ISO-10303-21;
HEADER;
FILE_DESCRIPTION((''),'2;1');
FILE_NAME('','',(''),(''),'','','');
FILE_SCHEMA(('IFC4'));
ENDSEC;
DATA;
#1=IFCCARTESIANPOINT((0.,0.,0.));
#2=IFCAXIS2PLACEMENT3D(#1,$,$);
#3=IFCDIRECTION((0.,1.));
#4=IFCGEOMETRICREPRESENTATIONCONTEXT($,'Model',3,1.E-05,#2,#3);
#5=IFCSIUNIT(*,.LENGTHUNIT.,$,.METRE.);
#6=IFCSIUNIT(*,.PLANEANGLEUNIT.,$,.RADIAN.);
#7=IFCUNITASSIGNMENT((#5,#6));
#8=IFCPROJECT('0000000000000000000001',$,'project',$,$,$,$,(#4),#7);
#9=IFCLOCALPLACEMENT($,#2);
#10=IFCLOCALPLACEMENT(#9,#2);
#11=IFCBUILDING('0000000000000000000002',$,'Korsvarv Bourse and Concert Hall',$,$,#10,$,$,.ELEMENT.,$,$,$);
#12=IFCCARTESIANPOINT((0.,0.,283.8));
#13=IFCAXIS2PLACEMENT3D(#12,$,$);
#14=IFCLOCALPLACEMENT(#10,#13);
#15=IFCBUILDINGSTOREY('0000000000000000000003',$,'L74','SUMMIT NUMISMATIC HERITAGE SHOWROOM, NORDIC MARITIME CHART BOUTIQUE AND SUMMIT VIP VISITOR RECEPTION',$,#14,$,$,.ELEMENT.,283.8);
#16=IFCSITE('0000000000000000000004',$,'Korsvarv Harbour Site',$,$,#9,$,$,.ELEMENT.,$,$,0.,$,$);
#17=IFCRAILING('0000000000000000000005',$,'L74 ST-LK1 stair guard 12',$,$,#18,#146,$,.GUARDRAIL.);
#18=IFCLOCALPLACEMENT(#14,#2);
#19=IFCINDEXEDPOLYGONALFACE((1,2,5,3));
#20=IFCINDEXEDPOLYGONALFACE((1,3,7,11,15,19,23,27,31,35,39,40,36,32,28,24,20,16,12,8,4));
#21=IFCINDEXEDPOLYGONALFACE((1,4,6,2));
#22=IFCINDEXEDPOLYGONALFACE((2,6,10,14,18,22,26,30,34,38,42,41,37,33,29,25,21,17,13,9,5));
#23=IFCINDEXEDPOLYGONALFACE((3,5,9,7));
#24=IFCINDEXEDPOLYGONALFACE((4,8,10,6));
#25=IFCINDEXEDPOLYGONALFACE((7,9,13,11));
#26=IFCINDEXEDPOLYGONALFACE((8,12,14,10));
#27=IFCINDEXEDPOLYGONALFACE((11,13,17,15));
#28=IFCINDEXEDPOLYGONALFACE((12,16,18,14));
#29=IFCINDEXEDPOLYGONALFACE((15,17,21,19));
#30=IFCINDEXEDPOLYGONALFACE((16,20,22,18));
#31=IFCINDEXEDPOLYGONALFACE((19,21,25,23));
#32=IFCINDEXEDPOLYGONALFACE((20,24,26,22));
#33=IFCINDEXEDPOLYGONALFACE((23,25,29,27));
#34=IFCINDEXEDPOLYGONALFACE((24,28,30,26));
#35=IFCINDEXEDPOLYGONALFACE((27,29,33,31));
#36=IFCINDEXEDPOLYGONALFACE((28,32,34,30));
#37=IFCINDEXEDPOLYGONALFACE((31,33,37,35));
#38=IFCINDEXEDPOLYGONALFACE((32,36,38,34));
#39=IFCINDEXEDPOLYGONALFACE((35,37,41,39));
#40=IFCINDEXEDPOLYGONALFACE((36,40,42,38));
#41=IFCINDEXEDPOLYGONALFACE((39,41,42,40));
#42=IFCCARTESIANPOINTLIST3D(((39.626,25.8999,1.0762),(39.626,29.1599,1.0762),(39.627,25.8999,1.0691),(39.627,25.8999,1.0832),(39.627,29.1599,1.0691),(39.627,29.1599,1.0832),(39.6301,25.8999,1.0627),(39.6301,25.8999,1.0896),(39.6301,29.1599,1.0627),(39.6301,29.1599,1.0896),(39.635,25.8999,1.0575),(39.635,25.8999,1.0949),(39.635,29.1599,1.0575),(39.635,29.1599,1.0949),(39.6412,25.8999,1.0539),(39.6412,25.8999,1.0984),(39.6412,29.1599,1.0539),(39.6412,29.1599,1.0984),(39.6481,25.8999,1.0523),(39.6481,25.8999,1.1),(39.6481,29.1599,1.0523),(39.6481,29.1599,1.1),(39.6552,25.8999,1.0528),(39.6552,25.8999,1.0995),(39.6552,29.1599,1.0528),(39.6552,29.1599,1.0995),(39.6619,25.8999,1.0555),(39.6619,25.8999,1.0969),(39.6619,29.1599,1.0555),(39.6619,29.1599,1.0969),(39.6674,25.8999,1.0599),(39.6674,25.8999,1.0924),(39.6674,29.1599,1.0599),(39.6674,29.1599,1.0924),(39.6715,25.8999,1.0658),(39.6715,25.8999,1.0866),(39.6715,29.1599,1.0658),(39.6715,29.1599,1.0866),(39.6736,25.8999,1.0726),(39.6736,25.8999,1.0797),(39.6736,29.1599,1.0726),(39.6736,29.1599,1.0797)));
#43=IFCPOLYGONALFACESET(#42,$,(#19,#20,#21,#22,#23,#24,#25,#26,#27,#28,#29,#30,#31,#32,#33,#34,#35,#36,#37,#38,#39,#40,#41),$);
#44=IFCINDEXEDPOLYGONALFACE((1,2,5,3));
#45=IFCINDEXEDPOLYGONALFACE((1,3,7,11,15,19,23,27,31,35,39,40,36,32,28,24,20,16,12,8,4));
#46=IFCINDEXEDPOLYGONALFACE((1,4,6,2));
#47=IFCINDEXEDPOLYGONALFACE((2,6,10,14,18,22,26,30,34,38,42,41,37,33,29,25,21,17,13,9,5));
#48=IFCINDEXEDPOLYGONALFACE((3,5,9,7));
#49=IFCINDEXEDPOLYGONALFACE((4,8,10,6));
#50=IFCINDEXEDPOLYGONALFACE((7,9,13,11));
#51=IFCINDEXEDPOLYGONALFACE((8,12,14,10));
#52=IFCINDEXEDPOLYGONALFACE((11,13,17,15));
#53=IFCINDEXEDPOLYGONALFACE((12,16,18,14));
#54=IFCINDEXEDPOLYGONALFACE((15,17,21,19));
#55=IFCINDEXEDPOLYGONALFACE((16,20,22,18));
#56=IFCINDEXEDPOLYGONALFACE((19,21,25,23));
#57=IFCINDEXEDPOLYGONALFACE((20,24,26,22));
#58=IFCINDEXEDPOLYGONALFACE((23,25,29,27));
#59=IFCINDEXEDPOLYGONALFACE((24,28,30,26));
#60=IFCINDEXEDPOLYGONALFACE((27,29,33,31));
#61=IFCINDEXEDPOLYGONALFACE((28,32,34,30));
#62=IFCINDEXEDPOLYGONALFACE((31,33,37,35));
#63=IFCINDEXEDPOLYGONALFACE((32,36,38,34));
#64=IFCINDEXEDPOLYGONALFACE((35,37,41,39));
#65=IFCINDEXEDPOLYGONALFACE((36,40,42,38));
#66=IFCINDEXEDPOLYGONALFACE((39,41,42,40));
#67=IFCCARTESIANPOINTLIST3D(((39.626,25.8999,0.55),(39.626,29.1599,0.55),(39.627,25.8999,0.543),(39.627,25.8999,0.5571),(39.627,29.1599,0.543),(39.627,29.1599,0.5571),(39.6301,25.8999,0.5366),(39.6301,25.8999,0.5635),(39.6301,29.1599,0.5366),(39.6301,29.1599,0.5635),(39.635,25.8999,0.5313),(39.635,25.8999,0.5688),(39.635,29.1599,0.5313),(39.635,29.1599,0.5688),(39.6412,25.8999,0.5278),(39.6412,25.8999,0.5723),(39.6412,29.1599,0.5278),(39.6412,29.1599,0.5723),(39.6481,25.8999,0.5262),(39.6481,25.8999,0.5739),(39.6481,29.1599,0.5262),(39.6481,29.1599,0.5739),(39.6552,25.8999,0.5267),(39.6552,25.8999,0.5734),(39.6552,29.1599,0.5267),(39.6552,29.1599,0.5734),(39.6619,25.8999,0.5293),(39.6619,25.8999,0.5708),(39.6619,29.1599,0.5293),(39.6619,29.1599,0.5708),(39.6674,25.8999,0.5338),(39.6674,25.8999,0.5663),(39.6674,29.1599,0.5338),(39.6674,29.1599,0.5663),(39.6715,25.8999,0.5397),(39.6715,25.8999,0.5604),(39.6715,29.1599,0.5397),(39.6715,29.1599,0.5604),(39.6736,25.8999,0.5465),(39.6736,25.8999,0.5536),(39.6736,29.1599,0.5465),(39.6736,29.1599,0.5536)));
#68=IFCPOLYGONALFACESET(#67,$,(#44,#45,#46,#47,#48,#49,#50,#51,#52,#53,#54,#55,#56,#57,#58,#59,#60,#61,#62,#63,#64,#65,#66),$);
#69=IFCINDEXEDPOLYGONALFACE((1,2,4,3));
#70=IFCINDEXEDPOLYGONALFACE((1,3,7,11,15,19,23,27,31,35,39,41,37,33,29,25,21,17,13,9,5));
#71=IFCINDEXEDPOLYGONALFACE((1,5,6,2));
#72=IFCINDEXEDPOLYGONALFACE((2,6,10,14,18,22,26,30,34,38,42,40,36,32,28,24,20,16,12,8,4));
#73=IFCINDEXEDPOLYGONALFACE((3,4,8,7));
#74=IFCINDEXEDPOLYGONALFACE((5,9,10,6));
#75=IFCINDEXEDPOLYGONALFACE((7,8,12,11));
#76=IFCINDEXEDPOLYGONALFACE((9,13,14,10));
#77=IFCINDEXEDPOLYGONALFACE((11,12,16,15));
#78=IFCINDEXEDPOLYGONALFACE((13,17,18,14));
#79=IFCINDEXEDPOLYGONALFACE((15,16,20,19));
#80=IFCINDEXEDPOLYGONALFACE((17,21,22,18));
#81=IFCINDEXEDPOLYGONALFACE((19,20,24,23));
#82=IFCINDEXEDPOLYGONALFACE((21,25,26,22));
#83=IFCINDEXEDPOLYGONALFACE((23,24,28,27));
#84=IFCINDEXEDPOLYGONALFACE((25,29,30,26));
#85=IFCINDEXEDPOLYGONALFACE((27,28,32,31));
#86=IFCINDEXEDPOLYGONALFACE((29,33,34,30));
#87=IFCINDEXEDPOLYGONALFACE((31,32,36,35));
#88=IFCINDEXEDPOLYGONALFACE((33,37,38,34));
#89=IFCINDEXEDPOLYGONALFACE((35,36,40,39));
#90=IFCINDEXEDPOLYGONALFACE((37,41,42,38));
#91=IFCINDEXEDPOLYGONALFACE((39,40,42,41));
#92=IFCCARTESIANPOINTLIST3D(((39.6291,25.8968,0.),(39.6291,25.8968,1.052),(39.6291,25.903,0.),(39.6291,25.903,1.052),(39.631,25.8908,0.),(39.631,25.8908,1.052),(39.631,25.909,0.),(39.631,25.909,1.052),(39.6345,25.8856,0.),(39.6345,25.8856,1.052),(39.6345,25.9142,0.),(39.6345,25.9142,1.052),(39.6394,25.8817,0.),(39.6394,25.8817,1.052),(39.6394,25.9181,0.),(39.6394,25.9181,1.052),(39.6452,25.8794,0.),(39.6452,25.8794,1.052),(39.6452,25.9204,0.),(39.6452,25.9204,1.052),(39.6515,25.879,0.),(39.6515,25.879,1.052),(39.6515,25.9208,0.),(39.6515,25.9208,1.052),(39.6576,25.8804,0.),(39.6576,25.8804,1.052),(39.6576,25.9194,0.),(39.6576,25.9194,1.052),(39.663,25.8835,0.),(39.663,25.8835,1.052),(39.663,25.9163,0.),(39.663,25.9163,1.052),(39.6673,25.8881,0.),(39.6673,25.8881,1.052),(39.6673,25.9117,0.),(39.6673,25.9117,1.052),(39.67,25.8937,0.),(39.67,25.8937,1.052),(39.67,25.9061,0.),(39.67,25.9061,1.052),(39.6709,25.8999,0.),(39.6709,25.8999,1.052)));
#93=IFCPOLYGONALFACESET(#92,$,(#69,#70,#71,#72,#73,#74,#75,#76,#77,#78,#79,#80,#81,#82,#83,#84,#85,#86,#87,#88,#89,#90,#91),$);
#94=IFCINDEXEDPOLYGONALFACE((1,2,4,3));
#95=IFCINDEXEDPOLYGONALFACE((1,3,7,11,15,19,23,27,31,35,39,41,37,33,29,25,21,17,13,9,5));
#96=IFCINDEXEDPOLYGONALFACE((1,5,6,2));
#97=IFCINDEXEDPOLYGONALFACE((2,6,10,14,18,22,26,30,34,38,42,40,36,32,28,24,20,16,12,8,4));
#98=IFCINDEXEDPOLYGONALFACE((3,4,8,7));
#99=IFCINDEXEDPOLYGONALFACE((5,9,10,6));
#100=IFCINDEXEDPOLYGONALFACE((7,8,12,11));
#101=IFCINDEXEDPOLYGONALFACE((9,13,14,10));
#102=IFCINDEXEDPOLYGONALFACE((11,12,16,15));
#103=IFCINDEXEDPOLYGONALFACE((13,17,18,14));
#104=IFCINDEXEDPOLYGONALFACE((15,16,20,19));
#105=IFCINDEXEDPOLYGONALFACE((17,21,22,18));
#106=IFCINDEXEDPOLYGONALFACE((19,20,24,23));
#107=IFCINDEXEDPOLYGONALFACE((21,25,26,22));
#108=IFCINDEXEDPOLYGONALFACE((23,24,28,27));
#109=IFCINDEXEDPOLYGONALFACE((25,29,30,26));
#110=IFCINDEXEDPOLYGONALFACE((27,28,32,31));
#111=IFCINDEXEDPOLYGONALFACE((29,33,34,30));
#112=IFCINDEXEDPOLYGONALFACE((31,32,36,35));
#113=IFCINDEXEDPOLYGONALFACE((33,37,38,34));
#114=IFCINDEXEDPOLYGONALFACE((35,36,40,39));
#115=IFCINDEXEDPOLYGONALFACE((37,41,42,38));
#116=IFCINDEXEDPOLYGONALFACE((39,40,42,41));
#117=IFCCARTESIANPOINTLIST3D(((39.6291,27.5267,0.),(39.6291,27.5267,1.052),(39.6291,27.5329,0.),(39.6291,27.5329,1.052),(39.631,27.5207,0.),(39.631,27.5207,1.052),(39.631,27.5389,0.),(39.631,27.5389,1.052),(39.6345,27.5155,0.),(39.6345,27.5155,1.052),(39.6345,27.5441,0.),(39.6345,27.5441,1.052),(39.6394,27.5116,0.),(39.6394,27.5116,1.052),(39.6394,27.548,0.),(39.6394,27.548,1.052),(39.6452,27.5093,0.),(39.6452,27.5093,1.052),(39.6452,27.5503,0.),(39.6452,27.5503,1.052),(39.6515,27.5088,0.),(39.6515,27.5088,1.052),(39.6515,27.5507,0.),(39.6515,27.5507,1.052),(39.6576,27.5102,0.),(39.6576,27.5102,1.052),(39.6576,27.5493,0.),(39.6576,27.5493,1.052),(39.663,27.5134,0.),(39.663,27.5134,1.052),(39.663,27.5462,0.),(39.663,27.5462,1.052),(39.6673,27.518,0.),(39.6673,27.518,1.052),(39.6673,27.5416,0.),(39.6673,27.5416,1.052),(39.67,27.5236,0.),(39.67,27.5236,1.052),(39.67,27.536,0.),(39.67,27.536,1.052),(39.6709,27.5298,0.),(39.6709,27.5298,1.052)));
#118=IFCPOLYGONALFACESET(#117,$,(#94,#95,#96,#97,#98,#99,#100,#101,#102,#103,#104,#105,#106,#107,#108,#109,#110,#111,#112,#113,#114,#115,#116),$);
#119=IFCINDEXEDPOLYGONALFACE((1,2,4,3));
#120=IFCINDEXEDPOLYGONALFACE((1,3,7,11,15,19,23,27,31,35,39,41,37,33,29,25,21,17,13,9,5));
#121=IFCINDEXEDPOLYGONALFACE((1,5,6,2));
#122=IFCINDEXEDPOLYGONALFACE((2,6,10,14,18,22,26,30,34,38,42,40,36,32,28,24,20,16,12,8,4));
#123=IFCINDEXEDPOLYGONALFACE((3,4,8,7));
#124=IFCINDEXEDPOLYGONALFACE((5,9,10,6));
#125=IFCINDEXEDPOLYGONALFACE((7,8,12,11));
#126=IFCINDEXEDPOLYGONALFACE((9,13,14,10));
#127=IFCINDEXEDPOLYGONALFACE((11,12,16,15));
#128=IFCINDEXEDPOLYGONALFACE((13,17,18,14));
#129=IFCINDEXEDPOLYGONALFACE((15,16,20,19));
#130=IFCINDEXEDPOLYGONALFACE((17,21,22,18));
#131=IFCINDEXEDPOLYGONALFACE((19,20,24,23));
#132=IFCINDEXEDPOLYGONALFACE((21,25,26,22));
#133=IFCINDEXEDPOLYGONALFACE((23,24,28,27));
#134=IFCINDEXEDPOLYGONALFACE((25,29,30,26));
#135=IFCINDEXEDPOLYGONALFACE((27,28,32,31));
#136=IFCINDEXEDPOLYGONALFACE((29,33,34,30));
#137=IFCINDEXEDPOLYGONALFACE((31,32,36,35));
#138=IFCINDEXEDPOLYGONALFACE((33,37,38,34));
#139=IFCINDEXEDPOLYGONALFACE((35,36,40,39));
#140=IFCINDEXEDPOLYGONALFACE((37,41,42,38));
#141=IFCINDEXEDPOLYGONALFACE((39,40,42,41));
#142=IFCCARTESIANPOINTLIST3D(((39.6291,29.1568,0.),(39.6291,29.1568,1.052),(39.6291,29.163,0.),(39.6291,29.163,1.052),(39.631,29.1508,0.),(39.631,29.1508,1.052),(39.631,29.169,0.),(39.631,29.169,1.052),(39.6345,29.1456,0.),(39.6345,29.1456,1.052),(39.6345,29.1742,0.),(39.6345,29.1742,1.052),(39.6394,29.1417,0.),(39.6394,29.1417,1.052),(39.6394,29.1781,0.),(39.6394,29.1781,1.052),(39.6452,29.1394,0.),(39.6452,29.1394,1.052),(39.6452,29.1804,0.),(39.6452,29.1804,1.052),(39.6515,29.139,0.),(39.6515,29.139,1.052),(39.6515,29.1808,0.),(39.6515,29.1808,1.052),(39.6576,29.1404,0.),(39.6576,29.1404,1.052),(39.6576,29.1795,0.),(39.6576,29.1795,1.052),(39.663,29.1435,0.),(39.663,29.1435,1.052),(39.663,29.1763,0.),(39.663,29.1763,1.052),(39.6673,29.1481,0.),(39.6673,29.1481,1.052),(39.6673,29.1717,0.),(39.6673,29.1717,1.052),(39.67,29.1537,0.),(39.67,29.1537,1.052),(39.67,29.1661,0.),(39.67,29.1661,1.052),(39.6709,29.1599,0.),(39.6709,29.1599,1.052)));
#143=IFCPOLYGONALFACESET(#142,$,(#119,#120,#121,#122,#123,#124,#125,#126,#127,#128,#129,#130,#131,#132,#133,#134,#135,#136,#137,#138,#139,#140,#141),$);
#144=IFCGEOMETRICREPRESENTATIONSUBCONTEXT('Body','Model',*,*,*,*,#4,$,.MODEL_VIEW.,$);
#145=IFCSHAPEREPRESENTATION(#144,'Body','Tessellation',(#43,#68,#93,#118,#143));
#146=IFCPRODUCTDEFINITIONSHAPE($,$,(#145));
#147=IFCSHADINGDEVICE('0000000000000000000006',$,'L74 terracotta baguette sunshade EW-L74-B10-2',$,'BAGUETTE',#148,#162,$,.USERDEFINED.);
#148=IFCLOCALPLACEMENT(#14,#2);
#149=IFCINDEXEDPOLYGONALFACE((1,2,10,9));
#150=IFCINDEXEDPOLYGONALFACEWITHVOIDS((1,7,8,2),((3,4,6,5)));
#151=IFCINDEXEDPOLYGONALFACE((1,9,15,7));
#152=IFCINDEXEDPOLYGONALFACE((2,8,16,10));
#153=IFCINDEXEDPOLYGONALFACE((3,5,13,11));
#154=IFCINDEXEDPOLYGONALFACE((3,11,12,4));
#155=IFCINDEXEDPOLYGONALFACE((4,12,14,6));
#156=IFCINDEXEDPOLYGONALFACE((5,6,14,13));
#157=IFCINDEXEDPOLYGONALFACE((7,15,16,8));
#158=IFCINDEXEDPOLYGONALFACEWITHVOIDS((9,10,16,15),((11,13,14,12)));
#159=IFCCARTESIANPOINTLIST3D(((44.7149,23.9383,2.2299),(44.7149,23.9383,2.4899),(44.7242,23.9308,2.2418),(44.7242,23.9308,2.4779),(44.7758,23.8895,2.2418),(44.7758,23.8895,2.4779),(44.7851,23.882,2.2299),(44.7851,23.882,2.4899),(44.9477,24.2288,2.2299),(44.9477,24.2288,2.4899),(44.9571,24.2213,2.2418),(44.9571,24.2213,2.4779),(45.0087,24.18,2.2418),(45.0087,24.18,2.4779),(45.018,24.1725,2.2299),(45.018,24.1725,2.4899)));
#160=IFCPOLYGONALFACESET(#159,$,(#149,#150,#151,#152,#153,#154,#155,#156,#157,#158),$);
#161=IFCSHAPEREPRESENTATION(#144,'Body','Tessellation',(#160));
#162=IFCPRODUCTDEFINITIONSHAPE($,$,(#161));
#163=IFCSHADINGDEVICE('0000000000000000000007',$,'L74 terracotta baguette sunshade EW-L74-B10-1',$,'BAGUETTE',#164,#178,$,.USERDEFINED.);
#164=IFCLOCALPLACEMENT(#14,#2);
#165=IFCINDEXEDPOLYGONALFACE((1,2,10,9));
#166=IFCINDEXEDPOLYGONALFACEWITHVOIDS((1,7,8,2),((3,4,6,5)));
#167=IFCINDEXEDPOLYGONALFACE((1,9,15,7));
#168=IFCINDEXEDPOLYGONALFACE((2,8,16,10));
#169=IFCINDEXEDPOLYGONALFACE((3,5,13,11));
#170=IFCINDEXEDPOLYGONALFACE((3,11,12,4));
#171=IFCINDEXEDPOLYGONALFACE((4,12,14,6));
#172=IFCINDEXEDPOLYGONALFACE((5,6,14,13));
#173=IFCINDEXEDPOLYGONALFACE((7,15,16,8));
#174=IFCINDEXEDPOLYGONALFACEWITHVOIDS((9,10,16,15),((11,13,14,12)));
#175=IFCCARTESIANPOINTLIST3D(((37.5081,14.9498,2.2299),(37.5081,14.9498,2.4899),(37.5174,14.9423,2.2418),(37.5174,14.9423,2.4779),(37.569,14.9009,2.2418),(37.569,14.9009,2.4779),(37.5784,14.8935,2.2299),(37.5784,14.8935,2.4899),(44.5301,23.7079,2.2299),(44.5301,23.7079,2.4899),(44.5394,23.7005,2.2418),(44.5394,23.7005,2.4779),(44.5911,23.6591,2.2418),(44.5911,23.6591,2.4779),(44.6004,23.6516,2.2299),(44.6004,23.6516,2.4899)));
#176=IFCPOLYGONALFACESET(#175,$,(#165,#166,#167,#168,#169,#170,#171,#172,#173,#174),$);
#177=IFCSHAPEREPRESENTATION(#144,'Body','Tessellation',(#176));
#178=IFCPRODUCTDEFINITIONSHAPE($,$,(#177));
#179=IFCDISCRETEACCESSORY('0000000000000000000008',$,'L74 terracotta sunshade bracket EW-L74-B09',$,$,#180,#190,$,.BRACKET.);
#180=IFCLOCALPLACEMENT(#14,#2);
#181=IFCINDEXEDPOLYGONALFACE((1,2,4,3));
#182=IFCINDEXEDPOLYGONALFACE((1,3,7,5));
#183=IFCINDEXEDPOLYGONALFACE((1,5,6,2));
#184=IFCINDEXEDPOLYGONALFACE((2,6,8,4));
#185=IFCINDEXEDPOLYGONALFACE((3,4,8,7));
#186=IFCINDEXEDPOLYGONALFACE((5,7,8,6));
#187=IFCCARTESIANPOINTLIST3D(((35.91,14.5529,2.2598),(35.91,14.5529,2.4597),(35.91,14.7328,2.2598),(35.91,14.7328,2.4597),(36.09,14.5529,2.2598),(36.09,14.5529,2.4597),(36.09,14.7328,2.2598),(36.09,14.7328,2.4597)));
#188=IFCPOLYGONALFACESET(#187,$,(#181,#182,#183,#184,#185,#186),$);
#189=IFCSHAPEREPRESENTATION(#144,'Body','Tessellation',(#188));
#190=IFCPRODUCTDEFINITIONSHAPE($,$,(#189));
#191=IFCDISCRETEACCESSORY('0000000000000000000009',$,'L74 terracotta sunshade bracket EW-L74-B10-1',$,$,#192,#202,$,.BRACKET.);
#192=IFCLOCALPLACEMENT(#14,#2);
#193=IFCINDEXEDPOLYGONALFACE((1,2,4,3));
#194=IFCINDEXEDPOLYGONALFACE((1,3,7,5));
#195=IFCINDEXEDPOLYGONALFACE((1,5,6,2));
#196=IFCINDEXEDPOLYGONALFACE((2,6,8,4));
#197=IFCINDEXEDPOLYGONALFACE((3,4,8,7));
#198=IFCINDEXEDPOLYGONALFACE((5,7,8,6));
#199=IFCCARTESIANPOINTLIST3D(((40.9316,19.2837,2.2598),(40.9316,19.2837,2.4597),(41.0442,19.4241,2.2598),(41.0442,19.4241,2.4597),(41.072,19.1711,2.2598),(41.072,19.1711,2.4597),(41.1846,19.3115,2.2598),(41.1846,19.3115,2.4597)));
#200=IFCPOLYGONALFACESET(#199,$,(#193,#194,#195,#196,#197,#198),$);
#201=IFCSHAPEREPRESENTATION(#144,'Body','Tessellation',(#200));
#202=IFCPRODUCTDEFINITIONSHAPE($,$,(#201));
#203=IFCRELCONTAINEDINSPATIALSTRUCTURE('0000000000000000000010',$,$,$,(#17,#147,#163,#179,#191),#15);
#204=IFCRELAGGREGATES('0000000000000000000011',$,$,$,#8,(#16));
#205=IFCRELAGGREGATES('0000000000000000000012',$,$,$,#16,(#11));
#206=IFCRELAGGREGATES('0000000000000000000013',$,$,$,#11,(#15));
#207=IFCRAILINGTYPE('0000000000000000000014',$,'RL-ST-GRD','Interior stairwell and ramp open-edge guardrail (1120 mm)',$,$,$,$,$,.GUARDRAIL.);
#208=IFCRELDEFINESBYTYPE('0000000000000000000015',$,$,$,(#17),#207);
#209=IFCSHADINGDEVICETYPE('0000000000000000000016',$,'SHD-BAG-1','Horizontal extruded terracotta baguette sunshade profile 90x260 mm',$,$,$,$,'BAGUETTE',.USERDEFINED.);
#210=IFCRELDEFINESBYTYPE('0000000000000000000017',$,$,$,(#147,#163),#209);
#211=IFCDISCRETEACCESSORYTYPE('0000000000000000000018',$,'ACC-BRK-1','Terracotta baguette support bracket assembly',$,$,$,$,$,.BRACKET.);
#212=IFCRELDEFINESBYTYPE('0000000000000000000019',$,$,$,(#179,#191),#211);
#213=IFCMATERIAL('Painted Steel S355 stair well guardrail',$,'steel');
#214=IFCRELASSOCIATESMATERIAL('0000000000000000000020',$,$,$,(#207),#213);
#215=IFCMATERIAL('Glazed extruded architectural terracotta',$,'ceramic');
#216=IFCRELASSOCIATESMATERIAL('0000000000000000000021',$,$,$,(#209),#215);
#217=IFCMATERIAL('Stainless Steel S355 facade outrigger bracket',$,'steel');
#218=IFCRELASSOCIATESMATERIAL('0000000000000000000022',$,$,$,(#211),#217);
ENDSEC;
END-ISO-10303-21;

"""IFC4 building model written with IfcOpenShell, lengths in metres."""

from ifc_helpers import new_model, si_unit, direction, frame, origin, origin_2d, place, context, subcontext, project, spatial, rectangle, hollow_rectangle, circle, extrude, source, transform, mapped, material, material_profile, profile_set, type_object, element, save


model = new_model("IFC4")

# Units and contexts
model_context = context("Model", 3, precision=1e-05, world=origin(), true_north=direction((0.0, 1.0)))
body_context = subcontext(model_context, "Body", "Model", "MODEL_VIEW")
ifc_project = project(units=[si_unit("LENGTHUNIT", "METRE"), si_unit("PLANEANGLEUNIT", "RADIAN")], contexts=[model_context])

# Site, building, storey
site_placement = place(None, origin())
site = spatial("IfcSite", under=ifc_project, at=site_placement, Name="Korsvarv Harbour Site", CompositionType="ELEMENT", RefElevation=0.0)
building_placement = place(site_placement, origin())
building = spatial("IfcBuilding", under=site, at=building_placement, Name="Korsvarv Bourse and Concert Hall", CompositionType="ELEMENT")
storey_placement = place(building_placement, frame((0.0, 0.0, 283.8)))
storey = spatial("IfcBuildingStorey", under=building, at=storey_placement, Name="L74", Description="SUMMIT NUMISMATIC HERITAGE SHOWROOM, NORDIC MARITIME CHART BOUTIQUE AND SUMMIT VIP VISITOR RECEPTION", CompositionType="ELEMENT", Elevation=283.8)

# Railing
ifc_material_1 = material(Name="Painted Steel S355 stair well guardrail", Category="steel")
railing_type_1 = type_object("IfcRailingType", Name="RL-ST-GRD", Description="Interior stairwell and ramp open-edge guardrail (1120 mm)", PredefinedType="GUARDRAIL", material=ifc_material_1)
railing_1_placement = place(storey_placement, frame((39.6499, 25.8999, 0.0)))
element("IfcRailing", 1, at=railing_1_placement, inside=storey, type_object=railing_type_1, Name="L74 ST-LK1 stair guard 12", PredefinedType="GUARDRAIL", context=body_context, shape_type="SweptSolid", body=[
    extrude(circle(Radius=0.0239, at=origin_2d()), frame((0.0, 0.0, 1.0762), z_axis=(0.0, 1.0, 0.0), x_axis=(-1.0, 0.0, 0.0)), (0.0, 0.0, 1.0), 3.26),
    extrude(circle(Radius=0.0239, at=origin_2d()), frame((0.0, 0.0, 0.55), z_axis=(0.0, 1.0, 0.0), x_axis=(-1.0, 0.0, 0.0)), (0.0, 0.0, 1.0), 3.26),
    extrude(circle(Radius=0.021, at=origin_2d()), origin(), (0.0, 0.0, 1.0), 1.052),
    extrude(circle(Radius=0.021, at=origin_2d()), frame((0.0, 1.6299, 0.0)), (0.0, 0.0, 1.0), 1.052),
    extrude(circle(Radius=0.021, at=origin_2d()), frame((0.0, 3.26, 0.0)), (0.0, 0.0, 1.0), 1.052),
])

# Shading devices
ifc_material_2 = material(Name="Glazed extruded architectural terracotta", Category="ceramic")
ifc_material_profile_1 = material_profile(ifc_material_2, hollow_rectangle(XDim=0.0901, YDim=0.26, WallThickness=0.012, at=origin_2d()), Name="TC-BAG 90x260")
ifc_profile_set_1 = profile_set([ifc_material_profile_1], Name="Glazed extruded architectural terracotta")
shading_device_type = type_object("IfcShadingDeviceType", Name="SHD-BAG-1", Description="Horizontal extruded terracotta baguette sunshade profile 90x260 mm", ElementType="BAGUETTE", PredefinedType="USERDEFINED", material=ifc_profile_set_1)
shared_shape_1 = source(origin(), body_context, "Body", "SweptSolid", [
    extrude(hollow_rectangle(XDim=0.0901, YDim=0.26, WallThickness=0.012, at=origin_2d()), origin(), (0.0, 0.0, 1.0), 0.3723),
])
shading_device_1_placement = place(storey_placement, frame((44.75, 23.9102, 2.3599), z_axis=(0.625494, 0.780229, 0.0), x_axis=(-0.780229, 0.625494, 0.0)))
element("IfcShadingDevice", 2, at=shading_device_1_placement, inside=storey, type_object=shading_device_type, Name="L74 terracotta baguette sunshade EW-L74-B10-2", ObjectType="BAGUETTE", PredefinedType="USERDEFINED", context=body_context, shape_type="MappedRepresentation", body=[
    mapped(shared_shape_1, transform((0.0, 0.0, 0.0), scale=1.0)),
])
shared_shape_2 = source(origin(), body_context, "Body", "SweptSolid", [
    extrude(hollow_rectangle(XDim=0.0901, YDim=0.26, WallThickness=0.012, at=origin_2d()), origin(), (0.0, 0.0, 1.0), 11.2256),
])
shading_device_2_placement = place(storey_placement, frame((37.5432, 14.9216, 2.3599), z_axis=(0.625538, 0.780194, 0.0), x_axis=(-0.780194, 0.625538, 0.0)))
element("IfcShadingDevice", 3, at=shading_device_2_placement, inside=storey, type_object=shading_device_type, Name="L74 terracotta baguette sunshade EW-L74-B10-1", ObjectType="BAGUETTE", PredefinedType="USERDEFINED", context=body_context, shape_type="MappedRepresentation", body=[
    mapped(shared_shape_2, transform((0.0, 0.0, 0.0), scale=1.0)),
])

# Discrete accessories
ifc_material_3 = material(Name="Stainless Steel S355 facade outrigger bracket", Category="steel")
discrete_accessory_type = type_object("IfcDiscreteAccessoryType", Name="ACC-BRK-1", Description="Terracotta baguette support bracket assembly", PredefinedType="BRACKET", material=ifc_material_3)
shared_shape_3 = source(origin(), body_context, "Body", "SweptSolid", [
    extrude(rectangle(XDim=0.1799, YDim=0.1799, at=origin_2d()), origin(), (0.0, 0.0, 1.0), 0.2),
])
for number, where, z_axis, x_axis, name in (
    (4, (36.0, 14.6428, 2.2598), (0.0, 0.0, 1.0), (1.0, 0.0, 0.0), "L74 terracotta sunshade bracket EW-L74-B09"),
    (5, (41.0581, 19.2976, 2.2598), (0.0, 0.0, 1.0), (0.625515, 0.780212, 0.0), "L74 terracotta sunshade bracket EW-L74-B10-1"),
):
    element("IfcDiscreteAccessory", number, at=place(storey_placement, frame(where, z_axis=z_axis, x_axis=x_axis)), inside=storey, type_object=discrete_accessory_type, Name=name, PredefinedType="BRACKET", context=body_context, shape_type="MappedRepresentation", body=[
        mapped(shared_shape_3, transform((0.0, 0.0, 0.0), scale=1.0)),
    ])

save(model, "model.ifc")
